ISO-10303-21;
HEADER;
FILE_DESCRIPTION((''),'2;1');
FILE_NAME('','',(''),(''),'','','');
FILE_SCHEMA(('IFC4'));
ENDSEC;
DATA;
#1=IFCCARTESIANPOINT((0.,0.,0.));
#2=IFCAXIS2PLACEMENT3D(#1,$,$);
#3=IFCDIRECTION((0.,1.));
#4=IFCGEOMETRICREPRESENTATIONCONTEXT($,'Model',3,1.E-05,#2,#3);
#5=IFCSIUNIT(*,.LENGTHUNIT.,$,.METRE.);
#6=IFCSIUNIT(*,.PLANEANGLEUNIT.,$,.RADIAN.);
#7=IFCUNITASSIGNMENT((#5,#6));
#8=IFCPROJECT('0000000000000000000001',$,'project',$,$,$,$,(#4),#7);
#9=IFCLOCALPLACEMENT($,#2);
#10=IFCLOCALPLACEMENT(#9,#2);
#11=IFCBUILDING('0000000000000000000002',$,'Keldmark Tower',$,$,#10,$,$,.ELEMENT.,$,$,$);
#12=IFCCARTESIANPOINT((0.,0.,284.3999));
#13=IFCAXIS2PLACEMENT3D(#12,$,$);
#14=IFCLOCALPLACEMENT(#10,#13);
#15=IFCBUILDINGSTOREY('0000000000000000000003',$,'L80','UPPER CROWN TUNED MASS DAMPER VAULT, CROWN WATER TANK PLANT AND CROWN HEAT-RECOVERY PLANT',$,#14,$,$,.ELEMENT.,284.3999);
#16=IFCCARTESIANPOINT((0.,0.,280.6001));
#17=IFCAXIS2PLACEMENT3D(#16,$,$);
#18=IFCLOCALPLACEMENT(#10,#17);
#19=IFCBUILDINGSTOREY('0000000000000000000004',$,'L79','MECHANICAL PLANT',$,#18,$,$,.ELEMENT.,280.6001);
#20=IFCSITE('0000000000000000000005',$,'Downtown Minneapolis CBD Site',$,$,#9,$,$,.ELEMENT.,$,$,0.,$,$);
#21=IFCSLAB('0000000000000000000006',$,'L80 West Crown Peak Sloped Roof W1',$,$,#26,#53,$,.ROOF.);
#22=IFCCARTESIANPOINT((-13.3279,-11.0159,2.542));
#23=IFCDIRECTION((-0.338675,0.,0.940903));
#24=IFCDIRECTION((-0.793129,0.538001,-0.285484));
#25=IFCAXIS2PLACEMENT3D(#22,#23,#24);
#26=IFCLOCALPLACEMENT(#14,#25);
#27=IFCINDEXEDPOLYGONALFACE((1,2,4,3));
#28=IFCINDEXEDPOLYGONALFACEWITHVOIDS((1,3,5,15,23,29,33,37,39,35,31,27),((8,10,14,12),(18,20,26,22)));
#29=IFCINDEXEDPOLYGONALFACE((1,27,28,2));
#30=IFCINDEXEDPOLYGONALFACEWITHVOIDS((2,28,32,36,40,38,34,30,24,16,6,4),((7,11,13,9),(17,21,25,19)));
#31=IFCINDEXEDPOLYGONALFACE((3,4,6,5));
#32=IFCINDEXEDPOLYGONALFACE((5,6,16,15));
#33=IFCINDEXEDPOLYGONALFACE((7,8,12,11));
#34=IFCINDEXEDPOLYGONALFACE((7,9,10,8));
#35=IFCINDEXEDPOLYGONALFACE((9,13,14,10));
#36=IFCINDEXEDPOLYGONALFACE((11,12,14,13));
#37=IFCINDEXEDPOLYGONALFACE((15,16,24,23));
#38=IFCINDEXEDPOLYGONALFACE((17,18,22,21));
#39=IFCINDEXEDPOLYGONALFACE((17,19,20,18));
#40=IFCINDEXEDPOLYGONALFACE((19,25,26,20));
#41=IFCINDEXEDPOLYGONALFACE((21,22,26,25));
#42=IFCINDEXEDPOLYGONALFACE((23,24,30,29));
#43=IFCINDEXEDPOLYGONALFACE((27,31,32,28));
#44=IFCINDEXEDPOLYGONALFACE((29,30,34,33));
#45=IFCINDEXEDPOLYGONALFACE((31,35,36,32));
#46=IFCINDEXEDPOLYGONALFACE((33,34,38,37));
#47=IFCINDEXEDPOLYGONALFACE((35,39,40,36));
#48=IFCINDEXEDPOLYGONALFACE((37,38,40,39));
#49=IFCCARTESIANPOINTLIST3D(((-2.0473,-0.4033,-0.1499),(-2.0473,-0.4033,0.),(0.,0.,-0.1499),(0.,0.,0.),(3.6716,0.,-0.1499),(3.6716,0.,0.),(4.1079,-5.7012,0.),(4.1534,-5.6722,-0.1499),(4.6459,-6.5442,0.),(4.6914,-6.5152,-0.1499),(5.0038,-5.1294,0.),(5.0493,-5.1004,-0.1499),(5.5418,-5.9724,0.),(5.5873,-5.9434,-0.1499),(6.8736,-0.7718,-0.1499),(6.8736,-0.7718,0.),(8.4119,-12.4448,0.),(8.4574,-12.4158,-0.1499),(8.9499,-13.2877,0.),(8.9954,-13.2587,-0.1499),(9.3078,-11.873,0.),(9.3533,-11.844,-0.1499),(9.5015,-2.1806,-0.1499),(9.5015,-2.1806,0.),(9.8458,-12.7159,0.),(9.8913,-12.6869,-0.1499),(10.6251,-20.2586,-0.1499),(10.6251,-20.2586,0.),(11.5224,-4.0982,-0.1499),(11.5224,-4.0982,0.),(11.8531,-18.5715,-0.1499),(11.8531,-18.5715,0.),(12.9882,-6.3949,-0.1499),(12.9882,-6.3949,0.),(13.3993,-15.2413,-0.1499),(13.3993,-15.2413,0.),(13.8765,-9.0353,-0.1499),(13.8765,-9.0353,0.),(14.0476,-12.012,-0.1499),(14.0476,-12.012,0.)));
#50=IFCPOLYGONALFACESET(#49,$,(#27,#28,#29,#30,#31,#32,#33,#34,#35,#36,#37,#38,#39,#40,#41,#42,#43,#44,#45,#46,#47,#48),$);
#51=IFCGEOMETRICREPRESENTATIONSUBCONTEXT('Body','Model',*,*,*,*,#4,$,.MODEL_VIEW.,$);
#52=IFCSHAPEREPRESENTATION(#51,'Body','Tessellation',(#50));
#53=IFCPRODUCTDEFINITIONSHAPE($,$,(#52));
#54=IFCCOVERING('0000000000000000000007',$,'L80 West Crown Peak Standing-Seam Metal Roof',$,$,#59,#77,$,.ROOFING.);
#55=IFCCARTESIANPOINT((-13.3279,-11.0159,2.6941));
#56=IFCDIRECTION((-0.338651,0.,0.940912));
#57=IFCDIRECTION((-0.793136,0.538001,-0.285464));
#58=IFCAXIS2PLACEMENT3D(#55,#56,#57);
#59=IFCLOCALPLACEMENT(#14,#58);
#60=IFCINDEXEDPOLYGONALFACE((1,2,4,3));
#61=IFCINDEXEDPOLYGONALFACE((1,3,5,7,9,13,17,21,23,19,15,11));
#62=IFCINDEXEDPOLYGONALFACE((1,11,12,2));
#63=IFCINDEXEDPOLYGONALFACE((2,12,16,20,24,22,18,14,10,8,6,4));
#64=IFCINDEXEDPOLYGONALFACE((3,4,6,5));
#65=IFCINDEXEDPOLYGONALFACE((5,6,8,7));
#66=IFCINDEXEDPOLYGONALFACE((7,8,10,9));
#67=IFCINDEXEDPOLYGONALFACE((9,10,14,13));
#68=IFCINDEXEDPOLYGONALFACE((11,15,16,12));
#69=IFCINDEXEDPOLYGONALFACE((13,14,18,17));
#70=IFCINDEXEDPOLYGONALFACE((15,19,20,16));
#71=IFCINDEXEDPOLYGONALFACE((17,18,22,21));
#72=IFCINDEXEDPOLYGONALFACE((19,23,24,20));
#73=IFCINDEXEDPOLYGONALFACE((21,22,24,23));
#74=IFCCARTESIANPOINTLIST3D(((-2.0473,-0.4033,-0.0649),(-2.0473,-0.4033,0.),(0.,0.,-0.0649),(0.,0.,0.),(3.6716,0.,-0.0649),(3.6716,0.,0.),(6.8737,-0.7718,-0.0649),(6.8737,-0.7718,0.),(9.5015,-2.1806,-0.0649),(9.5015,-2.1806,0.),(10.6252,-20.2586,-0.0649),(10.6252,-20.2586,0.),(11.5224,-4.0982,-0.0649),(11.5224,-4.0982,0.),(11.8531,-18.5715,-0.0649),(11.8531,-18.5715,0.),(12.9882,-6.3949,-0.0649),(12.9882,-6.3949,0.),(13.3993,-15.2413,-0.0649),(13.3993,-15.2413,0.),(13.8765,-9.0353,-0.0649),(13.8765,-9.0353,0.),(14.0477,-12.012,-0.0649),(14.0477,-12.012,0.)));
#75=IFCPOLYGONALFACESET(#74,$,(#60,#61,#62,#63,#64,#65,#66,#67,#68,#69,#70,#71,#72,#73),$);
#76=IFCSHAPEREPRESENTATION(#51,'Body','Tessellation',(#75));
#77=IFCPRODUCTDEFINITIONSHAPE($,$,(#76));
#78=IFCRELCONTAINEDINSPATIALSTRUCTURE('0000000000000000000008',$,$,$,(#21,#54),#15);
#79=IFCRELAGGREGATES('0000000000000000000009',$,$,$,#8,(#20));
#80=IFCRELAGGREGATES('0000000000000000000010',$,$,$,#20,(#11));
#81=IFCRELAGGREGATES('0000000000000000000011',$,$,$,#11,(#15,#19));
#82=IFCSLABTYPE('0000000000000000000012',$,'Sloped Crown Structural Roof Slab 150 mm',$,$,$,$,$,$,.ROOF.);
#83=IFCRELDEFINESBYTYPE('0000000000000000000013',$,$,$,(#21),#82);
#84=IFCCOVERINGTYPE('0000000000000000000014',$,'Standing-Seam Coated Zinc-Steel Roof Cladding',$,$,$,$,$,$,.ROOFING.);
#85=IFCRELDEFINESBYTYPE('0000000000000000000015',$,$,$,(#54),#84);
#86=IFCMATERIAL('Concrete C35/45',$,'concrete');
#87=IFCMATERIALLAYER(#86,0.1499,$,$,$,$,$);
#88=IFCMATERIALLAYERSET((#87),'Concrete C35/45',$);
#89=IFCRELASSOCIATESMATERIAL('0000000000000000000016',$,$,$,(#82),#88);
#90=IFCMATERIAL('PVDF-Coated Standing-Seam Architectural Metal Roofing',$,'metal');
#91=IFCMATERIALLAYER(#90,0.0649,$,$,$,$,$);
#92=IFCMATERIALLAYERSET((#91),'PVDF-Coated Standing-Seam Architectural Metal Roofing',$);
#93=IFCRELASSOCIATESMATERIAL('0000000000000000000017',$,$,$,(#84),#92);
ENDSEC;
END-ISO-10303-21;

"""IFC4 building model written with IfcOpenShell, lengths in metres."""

from ifc_helpers import new_model, si_unit, direction, frame, origin, origin_2d, place, context, subcontext, project, spatial, polyline, rectangle, outline, extrude, material, layer, layer_set, type_object, element, save


model = new_model("IFC4")

# Units and contexts
model_context = context("Model", 3, precision=1e-05, world=origin(), true_north=direction((0.0, 1.0)))
body_context = subcontext(model_context, "Body", "Model", "MODEL_VIEW")
ifc_project = project(units=[si_unit("LENGTHUNIT", "METRE"), si_unit("PLANEANGLEUNIT", "RADIAN")], contexts=[model_context])

# Site, building, storey
site_placement = place(None, origin())
site = spatial("IfcSite", under=ifc_project, at=site_placement, Name="Downtown Minneapolis CBD Site", CompositionType="ELEMENT", RefElevation=0.0)
building_placement = place(site_placement, origin())
building = spatial("IfcBuilding", under=site, at=building_placement, Name="Keldmark Tower", CompositionType="ELEMENT")
storey_1_placement = place(building_placement, frame((0.0, 0.0, 284.3999)))
storey_1 = spatial("IfcBuildingStorey", under=building, at=storey_1_placement, Name="L80", Description="UPPER CROWN TUNED MASS DAMPER VAULT, CROWN WATER TANK PLANT AND CROWN HEAT-RECOVERY PLANT", CompositionType="ELEMENT", Elevation=284.3999)

# Shared definitions
storey_2_placement = place(building_placement, frame((0.0, 0.0, 280.6001)))
storey_2 = spatial("IfcBuildingStorey", under=building, at=storey_2_placement, Name="L79", Description="MECHANICAL PLANT", CompositionType="ELEMENT", Elevation=280.6001)

# Slab, openings
ifc_material_1 = material(Name="Concrete C35/45", Category="concrete")
ifc_layer_1 = layer(ifc_material_1, 0.1499)
ifc_layer_set_1 = layer_set([ifc_layer_1], Name="Concrete C35/45")
slab_type_1 = type_object("IfcSlabType", Name="Sloped Crown Structural Roof Slab 150 mm", PredefinedType="ROOF", material=ifc_layer_set_1)
slab_1_placement = place(storey_1_placement, frame((-13.3279, -11.0159, 2.542), z_axis=(-0.338675, 0.0, 0.940903), x_axis=(-0.793129, 0.538001, -0.285484)))
slab_1 = element("IfcSlab", 1, at=slab_1_placement, inside=storey_1, type_object=slab_type_1, Name="L80 West Crown Peak Sloped Roof W1", PredefinedType="ROOF", context=body_context, shape_type="SweptSolid", body=[
    extrude(outline(polyline([(0.0, 0.0), (3.6716, 0.0), (6.8736, -0.7718), (9.5015, -2.1806), (11.5224, -4.0982), (12.9882, -6.3949), (13.8765, -9.0353), (14.0476, -12.012), (13.3993, -15.2413), (11.8531, -18.5715), (10.6251, -20.2586), (-2.0473, -0.4033), (0.0, 0.0)])), origin(), (0.0, 0.0, -1.0), 0.1499),
])
opening_1_placement = place(storey_1_placement, frame((-14.2, -3.5, -0.6499)))
element("IfcOpeningElement", 2, at=opening_1_placement, cuts=slab_1, PredefinedType="OPENING", context=body_context, shape_type="SweptSolid", body=[
    extrude(rectangle(XDim=1.0, YDim=1.0, at=origin_2d()), origin(), (0.0, 0.0, 1.0), 5.5),
])
opening_2_placement = place(storey_1_placement, frame((-14.2, 4.5, -0.6499)))
element("IfcOpeningElement", 3, at=opening_2_placement, cuts=slab_1, PredefinedType="OPENING", context=body_context, shape_type="SweptSolid", body=[
    extrude(rectangle(XDim=1.0, YDim=1.0, at=origin_2d()), origin(), (0.0, 0.0, 1.0), 5.5),
])

# Covering
ifc_material_2 = material(Name="PVDF-Coated Standing-Seam Architectural Metal Roofing", Category="metal")
ifc_layer_2 = layer(ifc_material_2, 0.0649)
ifc_layer_set_2 = layer_set([ifc_layer_2], Name="PVDF-Coated Standing-Seam Architectural Metal Roofing")
covering_type = type_object("IfcCoveringType", Name="Standing-Seam Coated Zinc-Steel Roof Cladding", PredefinedType="ROOFING", material=ifc_layer_set_2)
covering_placement = place(storey_1_placement, frame((-13.3279, -11.0159, 2.6941), z_axis=(-0.338651, 0.0, 0.940912), x_axis=(-0.793136, 0.538001, -0.285464)))
element("IfcCovering", 4, at=covering_placement, inside=storey_1, type_object=covering_type, Name="L80 West Crown Peak Standing-Seam Metal Roof", PredefinedType="ROOFING", context=body_context, shape_type="SweptSolid", body=[
    extrude(outline(polyline([(0.0, 0.0), (3.6716, 0.0), (6.8737, -0.7718), (9.5015, -2.1806), (11.5224, -4.0982), (12.9882, -6.3949), (13.8765, -9.0353), (14.0477, -12.012), (13.3993, -15.2413), (11.8531, -18.5715), (10.6252, -20.2586), (-2.0473, -0.4033), (0.0, 0.0)])), origin(), (0.0, 0.0, -1.0), 0.0649),
])

save(model, "model.ifc")
